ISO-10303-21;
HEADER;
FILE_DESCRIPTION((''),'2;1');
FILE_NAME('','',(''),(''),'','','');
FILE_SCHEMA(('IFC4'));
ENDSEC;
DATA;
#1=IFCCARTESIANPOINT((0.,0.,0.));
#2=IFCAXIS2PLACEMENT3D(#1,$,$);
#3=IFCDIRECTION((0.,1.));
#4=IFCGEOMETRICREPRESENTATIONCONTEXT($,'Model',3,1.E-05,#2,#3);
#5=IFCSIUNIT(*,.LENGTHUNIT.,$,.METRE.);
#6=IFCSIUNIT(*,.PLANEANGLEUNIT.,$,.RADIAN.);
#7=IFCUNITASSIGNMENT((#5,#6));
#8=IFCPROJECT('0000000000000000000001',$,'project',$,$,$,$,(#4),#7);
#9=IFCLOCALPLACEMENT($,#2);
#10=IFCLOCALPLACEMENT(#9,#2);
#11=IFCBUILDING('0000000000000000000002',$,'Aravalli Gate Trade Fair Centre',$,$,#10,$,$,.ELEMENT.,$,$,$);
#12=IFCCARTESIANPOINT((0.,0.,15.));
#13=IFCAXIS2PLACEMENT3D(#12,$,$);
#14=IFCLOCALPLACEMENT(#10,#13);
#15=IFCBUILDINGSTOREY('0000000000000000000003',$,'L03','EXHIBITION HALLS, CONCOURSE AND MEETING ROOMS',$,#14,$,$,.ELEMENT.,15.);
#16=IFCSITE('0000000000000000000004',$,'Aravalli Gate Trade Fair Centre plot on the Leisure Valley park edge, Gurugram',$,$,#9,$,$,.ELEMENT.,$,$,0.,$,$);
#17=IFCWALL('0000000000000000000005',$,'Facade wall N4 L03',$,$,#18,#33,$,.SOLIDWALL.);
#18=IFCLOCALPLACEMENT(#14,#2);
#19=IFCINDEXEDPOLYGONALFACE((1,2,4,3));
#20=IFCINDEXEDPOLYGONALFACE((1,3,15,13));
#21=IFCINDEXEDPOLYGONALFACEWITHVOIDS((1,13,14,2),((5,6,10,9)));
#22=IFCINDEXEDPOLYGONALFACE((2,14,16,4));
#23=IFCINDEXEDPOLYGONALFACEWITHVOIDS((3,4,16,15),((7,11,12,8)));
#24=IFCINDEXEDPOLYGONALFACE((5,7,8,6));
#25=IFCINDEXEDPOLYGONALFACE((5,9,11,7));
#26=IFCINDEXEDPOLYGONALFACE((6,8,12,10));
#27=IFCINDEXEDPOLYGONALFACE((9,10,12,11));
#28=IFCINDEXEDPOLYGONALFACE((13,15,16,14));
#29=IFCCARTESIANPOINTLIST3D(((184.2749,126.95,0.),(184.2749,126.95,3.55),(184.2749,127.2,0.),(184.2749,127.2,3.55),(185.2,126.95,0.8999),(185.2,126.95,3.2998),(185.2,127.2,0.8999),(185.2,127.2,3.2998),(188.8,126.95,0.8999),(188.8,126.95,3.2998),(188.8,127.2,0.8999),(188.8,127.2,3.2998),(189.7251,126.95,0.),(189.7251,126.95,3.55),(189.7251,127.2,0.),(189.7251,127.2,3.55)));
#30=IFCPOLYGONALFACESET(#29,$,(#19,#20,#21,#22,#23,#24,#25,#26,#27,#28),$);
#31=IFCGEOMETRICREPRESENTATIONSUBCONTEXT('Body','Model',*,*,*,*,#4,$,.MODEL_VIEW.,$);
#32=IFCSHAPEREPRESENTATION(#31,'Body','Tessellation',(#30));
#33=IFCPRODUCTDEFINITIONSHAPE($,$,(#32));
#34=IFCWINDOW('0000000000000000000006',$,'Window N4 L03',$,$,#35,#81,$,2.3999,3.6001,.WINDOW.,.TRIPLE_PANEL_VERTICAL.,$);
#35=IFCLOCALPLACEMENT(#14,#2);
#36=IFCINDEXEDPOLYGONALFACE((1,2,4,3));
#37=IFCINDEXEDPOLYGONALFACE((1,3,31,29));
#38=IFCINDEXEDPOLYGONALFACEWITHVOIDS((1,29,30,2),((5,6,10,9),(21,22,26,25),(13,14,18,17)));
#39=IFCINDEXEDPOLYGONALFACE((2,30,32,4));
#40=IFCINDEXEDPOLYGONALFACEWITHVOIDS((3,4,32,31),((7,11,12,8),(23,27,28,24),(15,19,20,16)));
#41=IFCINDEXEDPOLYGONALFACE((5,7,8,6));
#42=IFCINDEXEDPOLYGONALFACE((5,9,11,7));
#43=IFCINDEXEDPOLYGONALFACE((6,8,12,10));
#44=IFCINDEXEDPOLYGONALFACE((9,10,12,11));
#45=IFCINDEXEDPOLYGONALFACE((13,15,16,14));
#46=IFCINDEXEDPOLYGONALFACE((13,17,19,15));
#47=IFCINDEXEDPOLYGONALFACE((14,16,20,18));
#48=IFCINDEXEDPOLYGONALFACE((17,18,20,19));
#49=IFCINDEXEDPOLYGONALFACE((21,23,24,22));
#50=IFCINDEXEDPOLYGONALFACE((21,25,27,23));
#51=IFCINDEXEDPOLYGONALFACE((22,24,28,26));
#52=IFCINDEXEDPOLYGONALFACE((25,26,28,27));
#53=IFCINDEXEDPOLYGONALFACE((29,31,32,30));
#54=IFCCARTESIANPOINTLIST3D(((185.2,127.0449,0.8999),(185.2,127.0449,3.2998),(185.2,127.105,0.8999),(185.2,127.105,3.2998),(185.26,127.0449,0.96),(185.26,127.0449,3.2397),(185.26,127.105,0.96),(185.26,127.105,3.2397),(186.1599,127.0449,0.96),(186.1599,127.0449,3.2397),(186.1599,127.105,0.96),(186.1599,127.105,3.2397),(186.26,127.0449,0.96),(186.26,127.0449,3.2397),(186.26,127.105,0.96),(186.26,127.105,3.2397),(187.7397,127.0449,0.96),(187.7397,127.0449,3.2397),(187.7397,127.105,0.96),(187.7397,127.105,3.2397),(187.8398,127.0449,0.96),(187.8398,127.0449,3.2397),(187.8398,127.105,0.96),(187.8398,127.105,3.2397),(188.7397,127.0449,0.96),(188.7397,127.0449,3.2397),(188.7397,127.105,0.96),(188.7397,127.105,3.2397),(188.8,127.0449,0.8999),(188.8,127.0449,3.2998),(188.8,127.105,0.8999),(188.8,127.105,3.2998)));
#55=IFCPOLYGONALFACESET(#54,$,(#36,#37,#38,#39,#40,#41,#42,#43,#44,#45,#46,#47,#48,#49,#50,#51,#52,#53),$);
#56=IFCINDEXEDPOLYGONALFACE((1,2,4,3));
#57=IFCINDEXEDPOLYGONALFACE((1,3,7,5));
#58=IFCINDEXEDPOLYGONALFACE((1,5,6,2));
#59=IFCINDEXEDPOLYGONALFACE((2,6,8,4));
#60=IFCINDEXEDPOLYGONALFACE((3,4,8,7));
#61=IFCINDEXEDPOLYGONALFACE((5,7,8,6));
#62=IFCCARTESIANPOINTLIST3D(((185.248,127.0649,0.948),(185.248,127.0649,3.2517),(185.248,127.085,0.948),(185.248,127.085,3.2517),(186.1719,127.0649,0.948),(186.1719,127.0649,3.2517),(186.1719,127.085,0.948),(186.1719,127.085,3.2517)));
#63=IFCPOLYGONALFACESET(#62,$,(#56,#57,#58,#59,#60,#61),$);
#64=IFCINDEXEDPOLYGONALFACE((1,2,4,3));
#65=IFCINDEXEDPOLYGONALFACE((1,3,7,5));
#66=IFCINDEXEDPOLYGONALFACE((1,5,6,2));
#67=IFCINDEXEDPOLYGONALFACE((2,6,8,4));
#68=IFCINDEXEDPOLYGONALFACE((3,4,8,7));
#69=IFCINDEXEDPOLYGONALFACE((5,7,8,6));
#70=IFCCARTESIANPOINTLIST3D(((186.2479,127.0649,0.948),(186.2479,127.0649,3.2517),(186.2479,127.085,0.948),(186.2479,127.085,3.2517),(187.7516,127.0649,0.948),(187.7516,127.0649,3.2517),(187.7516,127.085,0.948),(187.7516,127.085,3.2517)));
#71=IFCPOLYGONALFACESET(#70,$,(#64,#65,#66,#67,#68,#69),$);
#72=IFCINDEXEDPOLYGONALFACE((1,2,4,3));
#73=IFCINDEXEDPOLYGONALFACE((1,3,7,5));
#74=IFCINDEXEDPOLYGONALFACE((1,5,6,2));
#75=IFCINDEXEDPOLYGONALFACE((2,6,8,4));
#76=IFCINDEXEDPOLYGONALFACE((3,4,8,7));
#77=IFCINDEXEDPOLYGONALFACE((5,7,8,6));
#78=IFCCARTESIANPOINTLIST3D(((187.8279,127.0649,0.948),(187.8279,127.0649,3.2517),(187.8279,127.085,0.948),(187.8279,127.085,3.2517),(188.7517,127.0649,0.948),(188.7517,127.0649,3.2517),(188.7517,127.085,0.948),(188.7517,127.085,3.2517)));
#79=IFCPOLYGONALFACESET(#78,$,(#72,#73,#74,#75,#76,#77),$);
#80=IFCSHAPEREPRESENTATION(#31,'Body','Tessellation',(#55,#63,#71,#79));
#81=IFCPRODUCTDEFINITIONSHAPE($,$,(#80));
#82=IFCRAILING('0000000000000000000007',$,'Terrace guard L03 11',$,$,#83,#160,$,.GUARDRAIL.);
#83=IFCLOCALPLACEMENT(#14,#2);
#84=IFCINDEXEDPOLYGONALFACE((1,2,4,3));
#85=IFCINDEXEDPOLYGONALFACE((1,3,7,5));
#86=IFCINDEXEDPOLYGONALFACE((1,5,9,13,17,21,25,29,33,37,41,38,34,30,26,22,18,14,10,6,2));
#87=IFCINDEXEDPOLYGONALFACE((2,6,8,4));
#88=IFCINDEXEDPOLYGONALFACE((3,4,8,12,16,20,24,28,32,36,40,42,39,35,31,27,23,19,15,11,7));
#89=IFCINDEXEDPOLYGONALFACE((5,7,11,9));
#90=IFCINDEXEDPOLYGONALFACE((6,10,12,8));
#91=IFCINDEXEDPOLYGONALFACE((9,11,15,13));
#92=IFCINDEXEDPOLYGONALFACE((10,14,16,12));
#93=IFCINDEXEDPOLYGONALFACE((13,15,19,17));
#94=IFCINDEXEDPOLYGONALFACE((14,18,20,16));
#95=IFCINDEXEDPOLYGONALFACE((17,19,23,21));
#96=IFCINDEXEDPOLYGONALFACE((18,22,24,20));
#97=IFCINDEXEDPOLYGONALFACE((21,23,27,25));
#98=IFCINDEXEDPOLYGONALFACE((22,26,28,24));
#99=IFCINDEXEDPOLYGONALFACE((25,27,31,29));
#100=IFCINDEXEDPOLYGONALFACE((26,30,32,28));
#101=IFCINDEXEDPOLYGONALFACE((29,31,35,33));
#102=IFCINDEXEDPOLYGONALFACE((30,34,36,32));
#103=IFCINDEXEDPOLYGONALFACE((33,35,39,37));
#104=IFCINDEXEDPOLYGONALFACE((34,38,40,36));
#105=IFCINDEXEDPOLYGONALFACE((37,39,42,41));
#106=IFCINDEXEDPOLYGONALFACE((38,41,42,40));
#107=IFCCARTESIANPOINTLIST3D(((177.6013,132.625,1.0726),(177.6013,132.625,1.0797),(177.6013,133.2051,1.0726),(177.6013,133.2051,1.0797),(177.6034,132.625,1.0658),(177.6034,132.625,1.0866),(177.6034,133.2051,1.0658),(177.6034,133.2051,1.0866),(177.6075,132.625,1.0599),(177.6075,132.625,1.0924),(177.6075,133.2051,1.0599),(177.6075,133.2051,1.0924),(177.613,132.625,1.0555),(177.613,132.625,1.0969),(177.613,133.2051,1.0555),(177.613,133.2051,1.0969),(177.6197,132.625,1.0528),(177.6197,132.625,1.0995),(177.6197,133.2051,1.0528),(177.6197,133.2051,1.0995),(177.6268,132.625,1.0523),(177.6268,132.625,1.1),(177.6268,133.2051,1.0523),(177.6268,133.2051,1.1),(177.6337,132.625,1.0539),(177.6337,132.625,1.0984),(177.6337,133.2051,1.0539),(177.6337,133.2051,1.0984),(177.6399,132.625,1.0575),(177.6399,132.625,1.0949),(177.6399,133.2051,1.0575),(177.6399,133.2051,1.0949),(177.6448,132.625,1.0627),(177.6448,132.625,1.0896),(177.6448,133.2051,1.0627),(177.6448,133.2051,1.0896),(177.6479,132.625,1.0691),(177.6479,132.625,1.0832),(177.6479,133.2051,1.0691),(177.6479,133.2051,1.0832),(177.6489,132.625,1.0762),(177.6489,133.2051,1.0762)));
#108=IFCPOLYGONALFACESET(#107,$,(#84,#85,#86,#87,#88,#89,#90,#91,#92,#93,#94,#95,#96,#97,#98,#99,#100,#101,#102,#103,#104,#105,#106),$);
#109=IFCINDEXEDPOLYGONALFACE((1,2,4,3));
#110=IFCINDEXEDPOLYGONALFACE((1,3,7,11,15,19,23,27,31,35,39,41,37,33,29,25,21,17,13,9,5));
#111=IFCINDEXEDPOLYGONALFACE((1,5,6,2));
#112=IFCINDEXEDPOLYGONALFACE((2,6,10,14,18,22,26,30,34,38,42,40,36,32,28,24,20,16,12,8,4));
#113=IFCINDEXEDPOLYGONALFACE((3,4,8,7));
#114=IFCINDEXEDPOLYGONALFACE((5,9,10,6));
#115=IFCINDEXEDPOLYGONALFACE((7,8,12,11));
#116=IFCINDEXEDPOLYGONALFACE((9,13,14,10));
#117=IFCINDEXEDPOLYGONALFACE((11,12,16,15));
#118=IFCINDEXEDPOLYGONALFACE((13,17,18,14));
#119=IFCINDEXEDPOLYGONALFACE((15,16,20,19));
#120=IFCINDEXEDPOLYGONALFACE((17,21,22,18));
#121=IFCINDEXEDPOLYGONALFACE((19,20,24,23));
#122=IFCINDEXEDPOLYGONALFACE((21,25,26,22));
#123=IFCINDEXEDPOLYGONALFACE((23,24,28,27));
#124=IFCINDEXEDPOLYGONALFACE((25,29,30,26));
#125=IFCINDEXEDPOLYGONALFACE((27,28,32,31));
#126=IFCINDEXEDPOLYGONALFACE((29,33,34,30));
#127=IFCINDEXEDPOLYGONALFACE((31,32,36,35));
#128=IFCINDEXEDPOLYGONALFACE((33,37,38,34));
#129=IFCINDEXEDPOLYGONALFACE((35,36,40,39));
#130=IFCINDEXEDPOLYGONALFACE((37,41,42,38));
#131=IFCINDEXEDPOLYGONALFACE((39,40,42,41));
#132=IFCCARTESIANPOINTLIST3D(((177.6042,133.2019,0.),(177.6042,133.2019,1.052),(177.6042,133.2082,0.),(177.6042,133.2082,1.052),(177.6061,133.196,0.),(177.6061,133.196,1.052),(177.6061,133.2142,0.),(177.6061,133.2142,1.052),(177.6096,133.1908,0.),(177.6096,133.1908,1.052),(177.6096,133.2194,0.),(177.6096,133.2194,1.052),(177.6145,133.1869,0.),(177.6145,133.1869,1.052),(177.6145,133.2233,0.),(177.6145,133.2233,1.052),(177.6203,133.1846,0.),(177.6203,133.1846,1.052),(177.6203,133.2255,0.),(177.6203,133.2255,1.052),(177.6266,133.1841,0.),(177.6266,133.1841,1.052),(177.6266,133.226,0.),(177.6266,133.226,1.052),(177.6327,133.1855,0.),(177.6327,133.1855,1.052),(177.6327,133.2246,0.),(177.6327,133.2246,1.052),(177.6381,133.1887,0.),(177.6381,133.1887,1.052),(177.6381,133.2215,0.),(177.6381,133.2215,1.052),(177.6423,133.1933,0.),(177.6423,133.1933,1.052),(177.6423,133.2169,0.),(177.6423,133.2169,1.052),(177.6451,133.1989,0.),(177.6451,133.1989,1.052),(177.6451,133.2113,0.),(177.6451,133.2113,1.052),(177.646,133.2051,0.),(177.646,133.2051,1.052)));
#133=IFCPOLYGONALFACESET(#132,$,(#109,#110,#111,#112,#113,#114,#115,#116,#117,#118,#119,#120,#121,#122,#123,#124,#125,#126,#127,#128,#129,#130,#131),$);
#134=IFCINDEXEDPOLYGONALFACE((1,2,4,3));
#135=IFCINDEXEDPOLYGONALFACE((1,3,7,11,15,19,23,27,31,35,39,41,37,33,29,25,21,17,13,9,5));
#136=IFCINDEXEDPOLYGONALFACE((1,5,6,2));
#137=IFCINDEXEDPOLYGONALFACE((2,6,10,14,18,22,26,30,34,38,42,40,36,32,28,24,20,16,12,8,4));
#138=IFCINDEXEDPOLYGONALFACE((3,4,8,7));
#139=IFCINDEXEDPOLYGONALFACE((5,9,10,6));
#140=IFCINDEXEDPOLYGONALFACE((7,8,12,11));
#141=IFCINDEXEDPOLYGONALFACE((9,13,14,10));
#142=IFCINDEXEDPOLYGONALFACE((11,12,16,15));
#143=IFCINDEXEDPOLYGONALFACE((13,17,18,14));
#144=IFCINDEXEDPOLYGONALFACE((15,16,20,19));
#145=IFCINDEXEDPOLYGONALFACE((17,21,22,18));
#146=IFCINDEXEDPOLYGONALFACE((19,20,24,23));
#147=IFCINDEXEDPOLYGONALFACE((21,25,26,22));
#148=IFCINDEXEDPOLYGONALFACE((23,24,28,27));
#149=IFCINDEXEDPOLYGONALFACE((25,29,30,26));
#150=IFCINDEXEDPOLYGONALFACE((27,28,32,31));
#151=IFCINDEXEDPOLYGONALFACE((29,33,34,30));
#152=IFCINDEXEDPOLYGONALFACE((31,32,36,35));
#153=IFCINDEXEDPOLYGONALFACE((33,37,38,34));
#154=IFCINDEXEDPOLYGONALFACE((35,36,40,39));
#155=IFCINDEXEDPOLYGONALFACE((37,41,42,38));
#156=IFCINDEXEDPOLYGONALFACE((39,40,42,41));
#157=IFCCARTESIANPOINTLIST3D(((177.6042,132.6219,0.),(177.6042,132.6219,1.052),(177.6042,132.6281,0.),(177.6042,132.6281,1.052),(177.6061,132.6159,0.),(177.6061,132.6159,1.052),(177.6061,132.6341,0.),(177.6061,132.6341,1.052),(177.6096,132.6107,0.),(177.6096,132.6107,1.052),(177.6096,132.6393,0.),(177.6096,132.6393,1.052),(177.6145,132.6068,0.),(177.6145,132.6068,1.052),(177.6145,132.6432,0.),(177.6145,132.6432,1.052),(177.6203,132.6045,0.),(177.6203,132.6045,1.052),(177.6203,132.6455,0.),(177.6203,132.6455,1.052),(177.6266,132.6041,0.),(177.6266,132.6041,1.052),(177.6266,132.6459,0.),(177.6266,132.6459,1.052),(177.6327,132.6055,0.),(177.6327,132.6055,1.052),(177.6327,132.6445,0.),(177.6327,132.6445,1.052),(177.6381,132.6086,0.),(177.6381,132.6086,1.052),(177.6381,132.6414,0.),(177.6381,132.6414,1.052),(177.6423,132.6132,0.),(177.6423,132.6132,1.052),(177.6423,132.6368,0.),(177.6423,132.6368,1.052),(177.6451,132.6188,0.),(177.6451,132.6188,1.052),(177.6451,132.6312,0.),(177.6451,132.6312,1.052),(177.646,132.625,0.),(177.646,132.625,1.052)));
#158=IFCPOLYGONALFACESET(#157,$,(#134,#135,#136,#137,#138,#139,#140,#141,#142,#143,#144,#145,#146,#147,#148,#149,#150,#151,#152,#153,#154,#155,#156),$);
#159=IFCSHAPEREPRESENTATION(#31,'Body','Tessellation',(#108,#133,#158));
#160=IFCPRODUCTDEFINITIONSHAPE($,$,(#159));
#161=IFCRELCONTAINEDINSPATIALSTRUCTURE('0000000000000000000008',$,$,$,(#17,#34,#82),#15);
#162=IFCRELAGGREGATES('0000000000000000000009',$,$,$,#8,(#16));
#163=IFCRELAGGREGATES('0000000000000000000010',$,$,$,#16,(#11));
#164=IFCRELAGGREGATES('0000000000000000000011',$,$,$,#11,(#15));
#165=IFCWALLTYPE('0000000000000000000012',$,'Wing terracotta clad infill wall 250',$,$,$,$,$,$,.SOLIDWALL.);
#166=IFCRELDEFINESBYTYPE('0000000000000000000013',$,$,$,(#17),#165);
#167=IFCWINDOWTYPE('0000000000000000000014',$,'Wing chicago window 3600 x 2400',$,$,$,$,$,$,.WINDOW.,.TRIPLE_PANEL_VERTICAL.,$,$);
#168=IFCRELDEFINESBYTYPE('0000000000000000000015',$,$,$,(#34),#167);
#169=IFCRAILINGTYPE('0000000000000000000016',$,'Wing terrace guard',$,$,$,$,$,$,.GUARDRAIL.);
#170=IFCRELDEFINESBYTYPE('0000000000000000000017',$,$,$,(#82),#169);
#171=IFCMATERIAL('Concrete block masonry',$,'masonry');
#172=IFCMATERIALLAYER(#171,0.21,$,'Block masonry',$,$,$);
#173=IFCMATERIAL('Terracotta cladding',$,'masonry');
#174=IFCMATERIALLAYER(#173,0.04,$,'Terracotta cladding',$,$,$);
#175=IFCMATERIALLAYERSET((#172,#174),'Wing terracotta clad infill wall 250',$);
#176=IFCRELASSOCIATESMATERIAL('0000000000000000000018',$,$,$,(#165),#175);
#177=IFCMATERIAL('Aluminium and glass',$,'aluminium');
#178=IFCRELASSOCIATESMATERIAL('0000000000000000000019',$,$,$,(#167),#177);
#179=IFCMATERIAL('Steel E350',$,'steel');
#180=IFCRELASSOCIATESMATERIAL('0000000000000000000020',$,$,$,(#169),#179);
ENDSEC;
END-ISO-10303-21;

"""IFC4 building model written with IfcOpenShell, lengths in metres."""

from ifc_helpers import new_model, si_unit, direction, frame, frame_2d, origin, origin_2d, place, context, subcontext, project, spatial, polyline, rectangle, circle, outline, extrude, material, layer, layer_set, type_object, element, fill, save


model = new_model("IFC4")

# Units and contexts
model_context = context("Model", 3, precision=1e-05, world=origin(), true_north=direction((0.0, 1.0)))
body_context = subcontext(model_context, "Body", "Model", "MODEL_VIEW")
ifc_project = project(units=[si_unit("LENGTHUNIT", "METRE"), si_unit("PLANEANGLEUNIT", "RADIAN")], contexts=[model_context])

# Site, building, storey
site_placement = place(None, origin())
site = spatial("IfcSite", under=ifc_project, at=site_placement, Name="Aravalli Gate Trade Fair Centre plot on the Leisure Valley park edge, Gurugram", CompositionType="ELEMENT", RefElevation=0.0)
building_placement = place(site_placement, origin())
building = spatial("IfcBuilding", under=site, at=building_placement, Name="Aravalli Gate Trade Fair Centre", CompositionType="ELEMENT")
storey_placement = place(building_placement, frame((0.0, 0.0, 15.0)))
storey = spatial("IfcBuildingStorey", under=building, at=storey_placement, Name="L03", Description="EXHIBITION HALLS, CONCOURSE AND MEETING ROOMS", CompositionType="ELEMENT", Elevation=15.0)

# Shared definitions
ifc_material_1 = material(Name="Steel E350", Category="steel")

# Wall, opening, window
ifc_material_2 = material(Name="Concrete block masonry", Category="masonry")
ifc_layer_1 = layer(ifc_material_2, 0.21, Name="Block masonry")
ifc_material_3 = material(Name="Terracotta cladding", Category="masonry")
ifc_layer_2 = layer(ifc_material_3, 0.04, Name="Terracotta cladding")
ifc_layer_set_1 = layer_set([ifc_layer_1, ifc_layer_2], Name="Wing terracotta clad infill wall 250")
wall_type_1 = type_object("IfcWallType", Name="Wing terracotta clad infill wall 250", PredefinedType="SOLIDWALL", material=ifc_layer_set_1)
ifc_material_4 = material(Name="Aluminium and glass", Category="aluminium")
window_type = type_object("IfcWindowType", Name="Wing chicago window 3600 x 2400", PartitioningType="TRIPLE_PANEL_VERTICAL", PredefinedType="WINDOW", material=ifc_material_4)
wall_1_placement = place(storey_placement, frame((184.2749, 127.075, 0.0), z_axis=(0.0, 0.0, 1.0), x_axis=(1.0, 0.0, 0.0)))
wall_1 = element("IfcWall", 1, at=wall_1_placement, inside=storey, type_object=wall_type_1, Name="Facade wall N4 L03", PredefinedType="SOLIDWALL", context=body_context, shape_type="SweptSolid", body=[
    extrude(rectangle(XDim=5.4502, YDim=0.25, at=frame_2d((2.7251, 0.0))), origin(), (0.0, 0.0, 1.0), 3.55),
])
opening_1_placement = place(wall_1_placement, frame((0.925, 0.0, 0.8999)))
opening_1 = element("IfcOpeningElement", 2, at=opening_1_placement, cuts=wall_1, PredefinedType="OPENING", context=body_context, shape_type="SweptSolid", body=[
    extrude(rectangle(XDim=3.6001, YDim=2.3999, at=frame_2d((1.8, 1.2))), frame((0.0, 0.135, 0.0), z_axis=(0.0, -1.0, 0.0), x_axis=(1.0, 0.0, 0.0)), (0.0, 0.0, 1.0), 0.27),
])
window_1_placement = place(opening_1_placement, origin())
window_1 = element("IfcWindow", 3, at=window_1_placement, inside=storey, type_object=window_type, Name="Window N4 L03", OverallHeight=2.3999, OverallWidth=3.6001, PartitioningType="TRIPLE_PANEL_VERTICAL", PredefinedType="WINDOW", context=body_context, shape_type="SweptSolid", body=[
    extrude(outline(polyline([(0.0, 0.0), (3.6001, 0.0), (3.6001, 2.3999), (0.0, 2.3999), (0.0, 0.0)]), holes=[polyline([(0.0601, 0.0601), (0.96, 0.0601), (0.96, 2.3398), (0.0601, 2.3398), (0.0601, 0.0601)]), polyline([(1.0601, 0.0601), (2.5398, 0.0601), (2.5398, 2.3398), (1.0601, 2.3398), (1.0601, 0.0601)]), polyline([(2.6399, 0.0601), (3.5398, 0.0601), (3.5398, 2.3398), (2.6399, 2.3398), (2.6399, 0.0601)])]), frame((0.0, 0.03, 0.0), z_axis=(0.0, -1.0, 0.0), x_axis=(1.0, 0.0, 0.0)), (0.0, 0.0, 1.0), 0.0601),
    extrude(rectangle(XDim=0.9238, YDim=2.3037, at=frame_2d((0.51, 1.2))), frame((0.0, 0.01, 0.0), z_axis=(0.0, -1.0, 0.0), x_axis=(1.0, 0.0, 0.0)), (0.0, 0.0, 1.0), 0.02),
    extrude(rectangle(XDim=1.5037, YDim=2.3037, at=frame_2d((1.7998, 1.2))), frame((0.0, 0.01, 0.0), z_axis=(0.0, -1.0, 0.0), x_axis=(1.0, 0.0, 0.0)), (0.0, 0.0, 1.0), 0.02),
    extrude(rectangle(XDim=0.9238, YDim=2.3037, at=frame_2d((3.0898, 1.2))), frame((0.0, 0.01, 0.0), z_axis=(0.0, -1.0, 0.0), x_axis=(1.0, 0.0, 0.0)), (0.0, 0.0, 1.0), 0.02),
])
fill(opening_1, window_1)

# Railing
railing_type = type_object("IfcRailingType", Name="Wing terrace guard", PredefinedType="GUARDRAIL", material=ifc_material_1)
railing_1_placement = place(storey_placement, frame((177.625, 133.2051, 0.0)))
element("IfcRailing", 4, at=railing_1_placement, inside=storey, type_object=railing_type, Name="Terrace guard L03 11", PredefinedType="GUARDRAIL", context=body_context, shape_type="SweptSolid", body=[
    extrude(circle(Radius=0.0239, at=origin_2d()), frame((0.0, 0.0, 1.0762), z_axis=(0.0, -1.0, 0.0), x_axis=(1.0, 0.0, 0.0)), (0.0, 0.0, 1.0), 0.5801),
    extrude(circle(Radius=0.021, at=origin_2d()), origin(), (0.0, 0.0, 1.0), 1.052),
    extrude(circle(Radius=0.021, at=origin_2d()), frame((0.0, -0.5801, 0.0)), (0.0, 0.0, 1.0), 1.052),
])

save(model, "model.ifc")
